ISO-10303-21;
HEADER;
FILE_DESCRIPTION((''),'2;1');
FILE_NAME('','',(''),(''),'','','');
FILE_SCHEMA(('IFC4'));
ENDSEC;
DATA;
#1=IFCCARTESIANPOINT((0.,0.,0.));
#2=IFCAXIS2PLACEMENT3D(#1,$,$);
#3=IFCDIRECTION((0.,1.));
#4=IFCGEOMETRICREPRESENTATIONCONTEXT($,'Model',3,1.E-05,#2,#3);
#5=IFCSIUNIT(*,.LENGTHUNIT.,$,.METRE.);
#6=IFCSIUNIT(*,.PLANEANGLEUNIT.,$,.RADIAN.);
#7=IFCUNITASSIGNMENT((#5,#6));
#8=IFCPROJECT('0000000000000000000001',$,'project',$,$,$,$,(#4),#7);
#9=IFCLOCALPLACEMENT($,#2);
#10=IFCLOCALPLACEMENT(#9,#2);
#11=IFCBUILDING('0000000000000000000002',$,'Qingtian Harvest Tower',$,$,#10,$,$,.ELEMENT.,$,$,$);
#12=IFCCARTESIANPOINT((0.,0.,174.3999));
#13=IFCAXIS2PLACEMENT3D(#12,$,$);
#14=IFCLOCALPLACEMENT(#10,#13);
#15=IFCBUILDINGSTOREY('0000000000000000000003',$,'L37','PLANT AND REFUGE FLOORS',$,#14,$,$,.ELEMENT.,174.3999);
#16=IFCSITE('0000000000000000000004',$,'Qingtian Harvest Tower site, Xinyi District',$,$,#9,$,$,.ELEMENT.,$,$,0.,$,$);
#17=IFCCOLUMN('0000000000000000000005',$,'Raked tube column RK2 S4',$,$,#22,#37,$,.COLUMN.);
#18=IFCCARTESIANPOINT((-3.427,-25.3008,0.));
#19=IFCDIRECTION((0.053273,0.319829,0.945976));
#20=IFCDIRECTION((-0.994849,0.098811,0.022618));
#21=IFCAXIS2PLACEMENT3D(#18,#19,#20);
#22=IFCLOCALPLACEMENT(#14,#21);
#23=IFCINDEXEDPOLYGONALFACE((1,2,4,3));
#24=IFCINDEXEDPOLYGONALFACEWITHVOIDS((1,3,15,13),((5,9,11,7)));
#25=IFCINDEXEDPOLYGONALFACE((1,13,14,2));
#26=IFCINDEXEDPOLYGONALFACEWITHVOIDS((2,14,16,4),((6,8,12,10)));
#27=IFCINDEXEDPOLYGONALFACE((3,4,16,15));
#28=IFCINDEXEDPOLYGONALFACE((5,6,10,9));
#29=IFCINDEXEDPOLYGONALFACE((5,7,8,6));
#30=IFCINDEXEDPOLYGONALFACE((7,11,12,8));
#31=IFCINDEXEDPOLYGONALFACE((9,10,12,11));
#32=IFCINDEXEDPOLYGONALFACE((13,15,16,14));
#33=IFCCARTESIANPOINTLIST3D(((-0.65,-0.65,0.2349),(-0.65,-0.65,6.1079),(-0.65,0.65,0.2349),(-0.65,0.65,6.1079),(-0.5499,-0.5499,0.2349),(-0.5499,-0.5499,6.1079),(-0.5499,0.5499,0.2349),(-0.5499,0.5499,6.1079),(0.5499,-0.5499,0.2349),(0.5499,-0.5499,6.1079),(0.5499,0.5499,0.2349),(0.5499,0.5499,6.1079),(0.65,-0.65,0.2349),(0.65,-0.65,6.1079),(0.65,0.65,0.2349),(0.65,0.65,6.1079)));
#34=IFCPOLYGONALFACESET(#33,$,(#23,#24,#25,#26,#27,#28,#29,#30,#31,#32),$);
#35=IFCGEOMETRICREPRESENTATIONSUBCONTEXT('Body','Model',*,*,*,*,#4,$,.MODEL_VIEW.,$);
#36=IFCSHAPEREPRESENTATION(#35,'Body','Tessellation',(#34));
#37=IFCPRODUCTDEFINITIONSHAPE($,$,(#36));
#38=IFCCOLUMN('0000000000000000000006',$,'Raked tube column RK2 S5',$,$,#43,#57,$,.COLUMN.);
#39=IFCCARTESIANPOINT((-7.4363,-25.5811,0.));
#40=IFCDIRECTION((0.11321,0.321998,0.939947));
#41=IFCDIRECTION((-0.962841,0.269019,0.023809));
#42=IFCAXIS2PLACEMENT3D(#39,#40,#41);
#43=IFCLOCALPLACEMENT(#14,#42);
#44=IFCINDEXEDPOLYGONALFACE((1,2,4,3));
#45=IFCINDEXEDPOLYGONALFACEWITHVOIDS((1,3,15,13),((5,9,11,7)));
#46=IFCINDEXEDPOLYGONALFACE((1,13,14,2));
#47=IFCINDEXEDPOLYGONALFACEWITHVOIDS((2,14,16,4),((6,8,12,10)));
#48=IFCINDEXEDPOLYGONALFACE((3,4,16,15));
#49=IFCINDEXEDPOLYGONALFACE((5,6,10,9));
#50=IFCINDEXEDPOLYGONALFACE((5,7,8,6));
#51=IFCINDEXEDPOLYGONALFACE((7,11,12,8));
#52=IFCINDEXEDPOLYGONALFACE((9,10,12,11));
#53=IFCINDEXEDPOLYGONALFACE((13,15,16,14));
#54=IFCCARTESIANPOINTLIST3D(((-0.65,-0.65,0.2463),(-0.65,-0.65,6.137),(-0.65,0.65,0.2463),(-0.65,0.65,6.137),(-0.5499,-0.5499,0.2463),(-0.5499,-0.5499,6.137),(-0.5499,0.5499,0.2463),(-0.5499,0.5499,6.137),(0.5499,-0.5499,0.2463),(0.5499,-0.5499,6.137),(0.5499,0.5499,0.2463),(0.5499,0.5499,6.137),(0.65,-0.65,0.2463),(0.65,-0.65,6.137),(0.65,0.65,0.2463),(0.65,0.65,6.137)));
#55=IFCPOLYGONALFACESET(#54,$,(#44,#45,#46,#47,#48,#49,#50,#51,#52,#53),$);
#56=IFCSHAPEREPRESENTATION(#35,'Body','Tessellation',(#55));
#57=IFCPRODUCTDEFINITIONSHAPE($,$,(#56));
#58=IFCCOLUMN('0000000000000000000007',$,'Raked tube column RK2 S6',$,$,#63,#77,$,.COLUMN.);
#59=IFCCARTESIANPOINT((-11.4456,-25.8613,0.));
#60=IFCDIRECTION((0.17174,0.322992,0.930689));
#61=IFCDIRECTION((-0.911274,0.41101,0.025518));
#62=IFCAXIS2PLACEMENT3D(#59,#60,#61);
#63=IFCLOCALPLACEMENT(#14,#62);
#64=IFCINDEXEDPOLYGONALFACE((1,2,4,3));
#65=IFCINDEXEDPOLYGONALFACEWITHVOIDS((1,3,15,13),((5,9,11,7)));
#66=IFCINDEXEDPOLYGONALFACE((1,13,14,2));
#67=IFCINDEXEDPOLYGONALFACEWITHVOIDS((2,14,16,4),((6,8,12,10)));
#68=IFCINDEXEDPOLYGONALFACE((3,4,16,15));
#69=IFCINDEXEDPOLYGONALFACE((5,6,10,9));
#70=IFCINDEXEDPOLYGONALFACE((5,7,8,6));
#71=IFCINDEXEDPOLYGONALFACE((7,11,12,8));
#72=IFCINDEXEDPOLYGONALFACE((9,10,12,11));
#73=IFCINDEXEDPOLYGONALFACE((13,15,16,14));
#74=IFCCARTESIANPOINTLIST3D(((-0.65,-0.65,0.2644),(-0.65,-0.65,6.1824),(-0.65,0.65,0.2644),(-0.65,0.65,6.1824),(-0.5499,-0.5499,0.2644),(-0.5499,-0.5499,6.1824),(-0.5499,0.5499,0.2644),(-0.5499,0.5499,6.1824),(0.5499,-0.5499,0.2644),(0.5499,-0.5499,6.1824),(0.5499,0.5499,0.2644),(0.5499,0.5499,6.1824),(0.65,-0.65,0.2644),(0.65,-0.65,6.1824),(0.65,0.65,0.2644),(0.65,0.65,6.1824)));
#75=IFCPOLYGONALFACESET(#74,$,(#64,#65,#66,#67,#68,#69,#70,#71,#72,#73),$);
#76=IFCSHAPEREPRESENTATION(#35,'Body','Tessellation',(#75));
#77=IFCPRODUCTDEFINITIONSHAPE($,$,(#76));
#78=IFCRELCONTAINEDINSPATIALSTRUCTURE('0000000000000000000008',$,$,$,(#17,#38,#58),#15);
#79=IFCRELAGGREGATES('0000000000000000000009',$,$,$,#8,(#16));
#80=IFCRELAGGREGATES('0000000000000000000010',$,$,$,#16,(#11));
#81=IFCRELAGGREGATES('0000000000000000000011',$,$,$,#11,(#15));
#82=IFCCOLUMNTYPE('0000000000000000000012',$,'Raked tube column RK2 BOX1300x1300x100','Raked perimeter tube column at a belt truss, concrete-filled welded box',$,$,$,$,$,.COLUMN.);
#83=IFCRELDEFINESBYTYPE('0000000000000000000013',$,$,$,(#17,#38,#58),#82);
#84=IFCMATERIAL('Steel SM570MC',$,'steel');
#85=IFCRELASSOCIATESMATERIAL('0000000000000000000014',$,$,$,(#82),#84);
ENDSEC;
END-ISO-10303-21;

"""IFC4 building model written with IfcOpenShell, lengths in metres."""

from ifc_helpers import new_model, si_unit, direction, frame, origin, origin_2d, place, context, subcontext, project, spatial, hollow_rectangle, extrude, clip, halfspace, material, material_profile, profile_set, type_object, element, save


model = new_model("IFC4")

# Units and contexts
model_context = context("Model", 3, precision=1e-05, world=origin(), true_north=direction((0.0, 1.0)))
body_context = subcontext(model_context, "Body", "Model", "MODEL_VIEW")
ifc_project = project(units=[si_unit("LENGTHUNIT", "METRE"), si_unit("PLANEANGLEUNIT", "RADIAN")], contexts=[model_context])

# Site, building, storey
site_placement = place(None, origin())
site = spatial("IfcSite", under=ifc_project, at=site_placement, Name="Qingtian Harvest Tower site, Xinyi District", CompositionType="ELEMENT", RefElevation=0.0)
building_placement = place(site_placement, origin())
building = spatial("IfcBuilding", under=site, at=building_placement, Name="Qingtian Harvest Tower", CompositionType="ELEMENT")
storey_placement = place(building_placement, frame((0.0, 0.0, 174.3999)))
storey = spatial("IfcBuildingStorey", under=building, at=storey_placement, Name="L37", Description="PLANT AND REFUGE FLOORS", CompositionType="ELEMENT", Elevation=174.3999)

# Columns
ifc_material_1 = material(Name="Steel SM570MC", Category="steel")
ifc_material_profile_1 = material_profile(ifc_material_1, hollow_rectangle(XDim=1.3, YDim=1.3, WallThickness=0.1001, at=origin_2d()), Name="BOX1300x1300x100")
ifc_profile_set_1 = profile_set([ifc_material_profile_1], Name="Steel SM570MC")
column_type = type_object("IfcColumnType", Name="Raked tube column RK2 BOX1300x1300x100", Description="Raked perimeter tube column at a belt truss, concrete-filled welded box", PredefinedType="COLUMN", material=ifc_profile_set_1)
column_1_placement = place(storey_placement, frame((-3.427, -25.3008, 0.0), z_axis=(0.053273, 0.319829, 0.945976), x_axis=(-0.994849, 0.098811, 0.022618)))
element("IfcColumn", 1, at=column_1_placement, inside=storey, type_object=column_type, Name="Raked tube column RK2 S4", PredefinedType="COLUMN", context=body_context, shape_type="Clipping", body=[
    clip(clip(extrude(hollow_rectangle(XDim=1.3, YDim=1.3, WallThickness=0.1001, at=origin_2d()), origin(), (0.0, 0.0, 1.0), 6.3428), halfspace(frame((0.0, 0.0, 0.2349), z_axis=(0.0, 0.0, -1.0), x_axis=(0.0, -1.0, 0.0)), False)), halfspace(frame((0.0, 0.0, 6.1079), z_axis=(0.0, 0.0, 1.0), x_axis=(0.0, 1.0, 0.0)), False)),
])
column_2_placement = place(storey_placement, frame((-7.4363, -25.5811, 0.0), z_axis=(0.11321, 0.321998, 0.939947), x_axis=(-0.962841, 0.269019, 0.023809)))
element("IfcColumn", 2, at=column_2_placement, inside=storey, type_object=column_type, Name="Raked tube column RK2 S5", PredefinedType="COLUMN", context=body_context, shape_type="Clipping", body=[
    clip(clip(extrude(hollow_rectangle(XDim=1.3, YDim=1.3, WallThickness=0.1001, at=origin_2d()), origin(), (0.0, 0.0, 1.0), 6.3833), halfspace(frame((0.0, 0.0, 0.2463), z_axis=(0.0, 0.0, -1.0), x_axis=(0.0, -1.0, 0.0)), False)), halfspace(frame((0.0, 0.0, 6.137), z_axis=(0.0, 0.0, 1.0), x_axis=(0.0, 1.0, 0.0)), False)),
])
column_3_placement = place(storey_placement, frame((-11.4456, -25.8613, 0.0), z_axis=(0.17174, 0.322992, 0.930689), x_axis=(-0.911274, 0.41101, 0.025518)))
element("IfcColumn", 3, at=column_3_placement, inside=storey, type_object=column_type, Name="Raked tube column RK2 S6", PredefinedType="COLUMN", context=body_context, shape_type="Clipping", body=[
    clip(clip(extrude(hollow_rectangle(XDim=1.3, YDim=1.3, WallThickness=0.1001, at=origin_2d()), origin(), (0.0, 0.0, 1.0), 6.4468), halfspace(frame((0.0, 0.0, 0.2644), z_axis=(0.0, 0.0, -1.0), x_axis=(0.0, -1.0, 0.0)), False)), halfspace(frame((0.0, 0.0, 6.1824), z_axis=(0.0, 0.0, 1.0), x_axis=(0.0, 1.0, 0.0)), False)),
])

save(model, "model.ifc")
